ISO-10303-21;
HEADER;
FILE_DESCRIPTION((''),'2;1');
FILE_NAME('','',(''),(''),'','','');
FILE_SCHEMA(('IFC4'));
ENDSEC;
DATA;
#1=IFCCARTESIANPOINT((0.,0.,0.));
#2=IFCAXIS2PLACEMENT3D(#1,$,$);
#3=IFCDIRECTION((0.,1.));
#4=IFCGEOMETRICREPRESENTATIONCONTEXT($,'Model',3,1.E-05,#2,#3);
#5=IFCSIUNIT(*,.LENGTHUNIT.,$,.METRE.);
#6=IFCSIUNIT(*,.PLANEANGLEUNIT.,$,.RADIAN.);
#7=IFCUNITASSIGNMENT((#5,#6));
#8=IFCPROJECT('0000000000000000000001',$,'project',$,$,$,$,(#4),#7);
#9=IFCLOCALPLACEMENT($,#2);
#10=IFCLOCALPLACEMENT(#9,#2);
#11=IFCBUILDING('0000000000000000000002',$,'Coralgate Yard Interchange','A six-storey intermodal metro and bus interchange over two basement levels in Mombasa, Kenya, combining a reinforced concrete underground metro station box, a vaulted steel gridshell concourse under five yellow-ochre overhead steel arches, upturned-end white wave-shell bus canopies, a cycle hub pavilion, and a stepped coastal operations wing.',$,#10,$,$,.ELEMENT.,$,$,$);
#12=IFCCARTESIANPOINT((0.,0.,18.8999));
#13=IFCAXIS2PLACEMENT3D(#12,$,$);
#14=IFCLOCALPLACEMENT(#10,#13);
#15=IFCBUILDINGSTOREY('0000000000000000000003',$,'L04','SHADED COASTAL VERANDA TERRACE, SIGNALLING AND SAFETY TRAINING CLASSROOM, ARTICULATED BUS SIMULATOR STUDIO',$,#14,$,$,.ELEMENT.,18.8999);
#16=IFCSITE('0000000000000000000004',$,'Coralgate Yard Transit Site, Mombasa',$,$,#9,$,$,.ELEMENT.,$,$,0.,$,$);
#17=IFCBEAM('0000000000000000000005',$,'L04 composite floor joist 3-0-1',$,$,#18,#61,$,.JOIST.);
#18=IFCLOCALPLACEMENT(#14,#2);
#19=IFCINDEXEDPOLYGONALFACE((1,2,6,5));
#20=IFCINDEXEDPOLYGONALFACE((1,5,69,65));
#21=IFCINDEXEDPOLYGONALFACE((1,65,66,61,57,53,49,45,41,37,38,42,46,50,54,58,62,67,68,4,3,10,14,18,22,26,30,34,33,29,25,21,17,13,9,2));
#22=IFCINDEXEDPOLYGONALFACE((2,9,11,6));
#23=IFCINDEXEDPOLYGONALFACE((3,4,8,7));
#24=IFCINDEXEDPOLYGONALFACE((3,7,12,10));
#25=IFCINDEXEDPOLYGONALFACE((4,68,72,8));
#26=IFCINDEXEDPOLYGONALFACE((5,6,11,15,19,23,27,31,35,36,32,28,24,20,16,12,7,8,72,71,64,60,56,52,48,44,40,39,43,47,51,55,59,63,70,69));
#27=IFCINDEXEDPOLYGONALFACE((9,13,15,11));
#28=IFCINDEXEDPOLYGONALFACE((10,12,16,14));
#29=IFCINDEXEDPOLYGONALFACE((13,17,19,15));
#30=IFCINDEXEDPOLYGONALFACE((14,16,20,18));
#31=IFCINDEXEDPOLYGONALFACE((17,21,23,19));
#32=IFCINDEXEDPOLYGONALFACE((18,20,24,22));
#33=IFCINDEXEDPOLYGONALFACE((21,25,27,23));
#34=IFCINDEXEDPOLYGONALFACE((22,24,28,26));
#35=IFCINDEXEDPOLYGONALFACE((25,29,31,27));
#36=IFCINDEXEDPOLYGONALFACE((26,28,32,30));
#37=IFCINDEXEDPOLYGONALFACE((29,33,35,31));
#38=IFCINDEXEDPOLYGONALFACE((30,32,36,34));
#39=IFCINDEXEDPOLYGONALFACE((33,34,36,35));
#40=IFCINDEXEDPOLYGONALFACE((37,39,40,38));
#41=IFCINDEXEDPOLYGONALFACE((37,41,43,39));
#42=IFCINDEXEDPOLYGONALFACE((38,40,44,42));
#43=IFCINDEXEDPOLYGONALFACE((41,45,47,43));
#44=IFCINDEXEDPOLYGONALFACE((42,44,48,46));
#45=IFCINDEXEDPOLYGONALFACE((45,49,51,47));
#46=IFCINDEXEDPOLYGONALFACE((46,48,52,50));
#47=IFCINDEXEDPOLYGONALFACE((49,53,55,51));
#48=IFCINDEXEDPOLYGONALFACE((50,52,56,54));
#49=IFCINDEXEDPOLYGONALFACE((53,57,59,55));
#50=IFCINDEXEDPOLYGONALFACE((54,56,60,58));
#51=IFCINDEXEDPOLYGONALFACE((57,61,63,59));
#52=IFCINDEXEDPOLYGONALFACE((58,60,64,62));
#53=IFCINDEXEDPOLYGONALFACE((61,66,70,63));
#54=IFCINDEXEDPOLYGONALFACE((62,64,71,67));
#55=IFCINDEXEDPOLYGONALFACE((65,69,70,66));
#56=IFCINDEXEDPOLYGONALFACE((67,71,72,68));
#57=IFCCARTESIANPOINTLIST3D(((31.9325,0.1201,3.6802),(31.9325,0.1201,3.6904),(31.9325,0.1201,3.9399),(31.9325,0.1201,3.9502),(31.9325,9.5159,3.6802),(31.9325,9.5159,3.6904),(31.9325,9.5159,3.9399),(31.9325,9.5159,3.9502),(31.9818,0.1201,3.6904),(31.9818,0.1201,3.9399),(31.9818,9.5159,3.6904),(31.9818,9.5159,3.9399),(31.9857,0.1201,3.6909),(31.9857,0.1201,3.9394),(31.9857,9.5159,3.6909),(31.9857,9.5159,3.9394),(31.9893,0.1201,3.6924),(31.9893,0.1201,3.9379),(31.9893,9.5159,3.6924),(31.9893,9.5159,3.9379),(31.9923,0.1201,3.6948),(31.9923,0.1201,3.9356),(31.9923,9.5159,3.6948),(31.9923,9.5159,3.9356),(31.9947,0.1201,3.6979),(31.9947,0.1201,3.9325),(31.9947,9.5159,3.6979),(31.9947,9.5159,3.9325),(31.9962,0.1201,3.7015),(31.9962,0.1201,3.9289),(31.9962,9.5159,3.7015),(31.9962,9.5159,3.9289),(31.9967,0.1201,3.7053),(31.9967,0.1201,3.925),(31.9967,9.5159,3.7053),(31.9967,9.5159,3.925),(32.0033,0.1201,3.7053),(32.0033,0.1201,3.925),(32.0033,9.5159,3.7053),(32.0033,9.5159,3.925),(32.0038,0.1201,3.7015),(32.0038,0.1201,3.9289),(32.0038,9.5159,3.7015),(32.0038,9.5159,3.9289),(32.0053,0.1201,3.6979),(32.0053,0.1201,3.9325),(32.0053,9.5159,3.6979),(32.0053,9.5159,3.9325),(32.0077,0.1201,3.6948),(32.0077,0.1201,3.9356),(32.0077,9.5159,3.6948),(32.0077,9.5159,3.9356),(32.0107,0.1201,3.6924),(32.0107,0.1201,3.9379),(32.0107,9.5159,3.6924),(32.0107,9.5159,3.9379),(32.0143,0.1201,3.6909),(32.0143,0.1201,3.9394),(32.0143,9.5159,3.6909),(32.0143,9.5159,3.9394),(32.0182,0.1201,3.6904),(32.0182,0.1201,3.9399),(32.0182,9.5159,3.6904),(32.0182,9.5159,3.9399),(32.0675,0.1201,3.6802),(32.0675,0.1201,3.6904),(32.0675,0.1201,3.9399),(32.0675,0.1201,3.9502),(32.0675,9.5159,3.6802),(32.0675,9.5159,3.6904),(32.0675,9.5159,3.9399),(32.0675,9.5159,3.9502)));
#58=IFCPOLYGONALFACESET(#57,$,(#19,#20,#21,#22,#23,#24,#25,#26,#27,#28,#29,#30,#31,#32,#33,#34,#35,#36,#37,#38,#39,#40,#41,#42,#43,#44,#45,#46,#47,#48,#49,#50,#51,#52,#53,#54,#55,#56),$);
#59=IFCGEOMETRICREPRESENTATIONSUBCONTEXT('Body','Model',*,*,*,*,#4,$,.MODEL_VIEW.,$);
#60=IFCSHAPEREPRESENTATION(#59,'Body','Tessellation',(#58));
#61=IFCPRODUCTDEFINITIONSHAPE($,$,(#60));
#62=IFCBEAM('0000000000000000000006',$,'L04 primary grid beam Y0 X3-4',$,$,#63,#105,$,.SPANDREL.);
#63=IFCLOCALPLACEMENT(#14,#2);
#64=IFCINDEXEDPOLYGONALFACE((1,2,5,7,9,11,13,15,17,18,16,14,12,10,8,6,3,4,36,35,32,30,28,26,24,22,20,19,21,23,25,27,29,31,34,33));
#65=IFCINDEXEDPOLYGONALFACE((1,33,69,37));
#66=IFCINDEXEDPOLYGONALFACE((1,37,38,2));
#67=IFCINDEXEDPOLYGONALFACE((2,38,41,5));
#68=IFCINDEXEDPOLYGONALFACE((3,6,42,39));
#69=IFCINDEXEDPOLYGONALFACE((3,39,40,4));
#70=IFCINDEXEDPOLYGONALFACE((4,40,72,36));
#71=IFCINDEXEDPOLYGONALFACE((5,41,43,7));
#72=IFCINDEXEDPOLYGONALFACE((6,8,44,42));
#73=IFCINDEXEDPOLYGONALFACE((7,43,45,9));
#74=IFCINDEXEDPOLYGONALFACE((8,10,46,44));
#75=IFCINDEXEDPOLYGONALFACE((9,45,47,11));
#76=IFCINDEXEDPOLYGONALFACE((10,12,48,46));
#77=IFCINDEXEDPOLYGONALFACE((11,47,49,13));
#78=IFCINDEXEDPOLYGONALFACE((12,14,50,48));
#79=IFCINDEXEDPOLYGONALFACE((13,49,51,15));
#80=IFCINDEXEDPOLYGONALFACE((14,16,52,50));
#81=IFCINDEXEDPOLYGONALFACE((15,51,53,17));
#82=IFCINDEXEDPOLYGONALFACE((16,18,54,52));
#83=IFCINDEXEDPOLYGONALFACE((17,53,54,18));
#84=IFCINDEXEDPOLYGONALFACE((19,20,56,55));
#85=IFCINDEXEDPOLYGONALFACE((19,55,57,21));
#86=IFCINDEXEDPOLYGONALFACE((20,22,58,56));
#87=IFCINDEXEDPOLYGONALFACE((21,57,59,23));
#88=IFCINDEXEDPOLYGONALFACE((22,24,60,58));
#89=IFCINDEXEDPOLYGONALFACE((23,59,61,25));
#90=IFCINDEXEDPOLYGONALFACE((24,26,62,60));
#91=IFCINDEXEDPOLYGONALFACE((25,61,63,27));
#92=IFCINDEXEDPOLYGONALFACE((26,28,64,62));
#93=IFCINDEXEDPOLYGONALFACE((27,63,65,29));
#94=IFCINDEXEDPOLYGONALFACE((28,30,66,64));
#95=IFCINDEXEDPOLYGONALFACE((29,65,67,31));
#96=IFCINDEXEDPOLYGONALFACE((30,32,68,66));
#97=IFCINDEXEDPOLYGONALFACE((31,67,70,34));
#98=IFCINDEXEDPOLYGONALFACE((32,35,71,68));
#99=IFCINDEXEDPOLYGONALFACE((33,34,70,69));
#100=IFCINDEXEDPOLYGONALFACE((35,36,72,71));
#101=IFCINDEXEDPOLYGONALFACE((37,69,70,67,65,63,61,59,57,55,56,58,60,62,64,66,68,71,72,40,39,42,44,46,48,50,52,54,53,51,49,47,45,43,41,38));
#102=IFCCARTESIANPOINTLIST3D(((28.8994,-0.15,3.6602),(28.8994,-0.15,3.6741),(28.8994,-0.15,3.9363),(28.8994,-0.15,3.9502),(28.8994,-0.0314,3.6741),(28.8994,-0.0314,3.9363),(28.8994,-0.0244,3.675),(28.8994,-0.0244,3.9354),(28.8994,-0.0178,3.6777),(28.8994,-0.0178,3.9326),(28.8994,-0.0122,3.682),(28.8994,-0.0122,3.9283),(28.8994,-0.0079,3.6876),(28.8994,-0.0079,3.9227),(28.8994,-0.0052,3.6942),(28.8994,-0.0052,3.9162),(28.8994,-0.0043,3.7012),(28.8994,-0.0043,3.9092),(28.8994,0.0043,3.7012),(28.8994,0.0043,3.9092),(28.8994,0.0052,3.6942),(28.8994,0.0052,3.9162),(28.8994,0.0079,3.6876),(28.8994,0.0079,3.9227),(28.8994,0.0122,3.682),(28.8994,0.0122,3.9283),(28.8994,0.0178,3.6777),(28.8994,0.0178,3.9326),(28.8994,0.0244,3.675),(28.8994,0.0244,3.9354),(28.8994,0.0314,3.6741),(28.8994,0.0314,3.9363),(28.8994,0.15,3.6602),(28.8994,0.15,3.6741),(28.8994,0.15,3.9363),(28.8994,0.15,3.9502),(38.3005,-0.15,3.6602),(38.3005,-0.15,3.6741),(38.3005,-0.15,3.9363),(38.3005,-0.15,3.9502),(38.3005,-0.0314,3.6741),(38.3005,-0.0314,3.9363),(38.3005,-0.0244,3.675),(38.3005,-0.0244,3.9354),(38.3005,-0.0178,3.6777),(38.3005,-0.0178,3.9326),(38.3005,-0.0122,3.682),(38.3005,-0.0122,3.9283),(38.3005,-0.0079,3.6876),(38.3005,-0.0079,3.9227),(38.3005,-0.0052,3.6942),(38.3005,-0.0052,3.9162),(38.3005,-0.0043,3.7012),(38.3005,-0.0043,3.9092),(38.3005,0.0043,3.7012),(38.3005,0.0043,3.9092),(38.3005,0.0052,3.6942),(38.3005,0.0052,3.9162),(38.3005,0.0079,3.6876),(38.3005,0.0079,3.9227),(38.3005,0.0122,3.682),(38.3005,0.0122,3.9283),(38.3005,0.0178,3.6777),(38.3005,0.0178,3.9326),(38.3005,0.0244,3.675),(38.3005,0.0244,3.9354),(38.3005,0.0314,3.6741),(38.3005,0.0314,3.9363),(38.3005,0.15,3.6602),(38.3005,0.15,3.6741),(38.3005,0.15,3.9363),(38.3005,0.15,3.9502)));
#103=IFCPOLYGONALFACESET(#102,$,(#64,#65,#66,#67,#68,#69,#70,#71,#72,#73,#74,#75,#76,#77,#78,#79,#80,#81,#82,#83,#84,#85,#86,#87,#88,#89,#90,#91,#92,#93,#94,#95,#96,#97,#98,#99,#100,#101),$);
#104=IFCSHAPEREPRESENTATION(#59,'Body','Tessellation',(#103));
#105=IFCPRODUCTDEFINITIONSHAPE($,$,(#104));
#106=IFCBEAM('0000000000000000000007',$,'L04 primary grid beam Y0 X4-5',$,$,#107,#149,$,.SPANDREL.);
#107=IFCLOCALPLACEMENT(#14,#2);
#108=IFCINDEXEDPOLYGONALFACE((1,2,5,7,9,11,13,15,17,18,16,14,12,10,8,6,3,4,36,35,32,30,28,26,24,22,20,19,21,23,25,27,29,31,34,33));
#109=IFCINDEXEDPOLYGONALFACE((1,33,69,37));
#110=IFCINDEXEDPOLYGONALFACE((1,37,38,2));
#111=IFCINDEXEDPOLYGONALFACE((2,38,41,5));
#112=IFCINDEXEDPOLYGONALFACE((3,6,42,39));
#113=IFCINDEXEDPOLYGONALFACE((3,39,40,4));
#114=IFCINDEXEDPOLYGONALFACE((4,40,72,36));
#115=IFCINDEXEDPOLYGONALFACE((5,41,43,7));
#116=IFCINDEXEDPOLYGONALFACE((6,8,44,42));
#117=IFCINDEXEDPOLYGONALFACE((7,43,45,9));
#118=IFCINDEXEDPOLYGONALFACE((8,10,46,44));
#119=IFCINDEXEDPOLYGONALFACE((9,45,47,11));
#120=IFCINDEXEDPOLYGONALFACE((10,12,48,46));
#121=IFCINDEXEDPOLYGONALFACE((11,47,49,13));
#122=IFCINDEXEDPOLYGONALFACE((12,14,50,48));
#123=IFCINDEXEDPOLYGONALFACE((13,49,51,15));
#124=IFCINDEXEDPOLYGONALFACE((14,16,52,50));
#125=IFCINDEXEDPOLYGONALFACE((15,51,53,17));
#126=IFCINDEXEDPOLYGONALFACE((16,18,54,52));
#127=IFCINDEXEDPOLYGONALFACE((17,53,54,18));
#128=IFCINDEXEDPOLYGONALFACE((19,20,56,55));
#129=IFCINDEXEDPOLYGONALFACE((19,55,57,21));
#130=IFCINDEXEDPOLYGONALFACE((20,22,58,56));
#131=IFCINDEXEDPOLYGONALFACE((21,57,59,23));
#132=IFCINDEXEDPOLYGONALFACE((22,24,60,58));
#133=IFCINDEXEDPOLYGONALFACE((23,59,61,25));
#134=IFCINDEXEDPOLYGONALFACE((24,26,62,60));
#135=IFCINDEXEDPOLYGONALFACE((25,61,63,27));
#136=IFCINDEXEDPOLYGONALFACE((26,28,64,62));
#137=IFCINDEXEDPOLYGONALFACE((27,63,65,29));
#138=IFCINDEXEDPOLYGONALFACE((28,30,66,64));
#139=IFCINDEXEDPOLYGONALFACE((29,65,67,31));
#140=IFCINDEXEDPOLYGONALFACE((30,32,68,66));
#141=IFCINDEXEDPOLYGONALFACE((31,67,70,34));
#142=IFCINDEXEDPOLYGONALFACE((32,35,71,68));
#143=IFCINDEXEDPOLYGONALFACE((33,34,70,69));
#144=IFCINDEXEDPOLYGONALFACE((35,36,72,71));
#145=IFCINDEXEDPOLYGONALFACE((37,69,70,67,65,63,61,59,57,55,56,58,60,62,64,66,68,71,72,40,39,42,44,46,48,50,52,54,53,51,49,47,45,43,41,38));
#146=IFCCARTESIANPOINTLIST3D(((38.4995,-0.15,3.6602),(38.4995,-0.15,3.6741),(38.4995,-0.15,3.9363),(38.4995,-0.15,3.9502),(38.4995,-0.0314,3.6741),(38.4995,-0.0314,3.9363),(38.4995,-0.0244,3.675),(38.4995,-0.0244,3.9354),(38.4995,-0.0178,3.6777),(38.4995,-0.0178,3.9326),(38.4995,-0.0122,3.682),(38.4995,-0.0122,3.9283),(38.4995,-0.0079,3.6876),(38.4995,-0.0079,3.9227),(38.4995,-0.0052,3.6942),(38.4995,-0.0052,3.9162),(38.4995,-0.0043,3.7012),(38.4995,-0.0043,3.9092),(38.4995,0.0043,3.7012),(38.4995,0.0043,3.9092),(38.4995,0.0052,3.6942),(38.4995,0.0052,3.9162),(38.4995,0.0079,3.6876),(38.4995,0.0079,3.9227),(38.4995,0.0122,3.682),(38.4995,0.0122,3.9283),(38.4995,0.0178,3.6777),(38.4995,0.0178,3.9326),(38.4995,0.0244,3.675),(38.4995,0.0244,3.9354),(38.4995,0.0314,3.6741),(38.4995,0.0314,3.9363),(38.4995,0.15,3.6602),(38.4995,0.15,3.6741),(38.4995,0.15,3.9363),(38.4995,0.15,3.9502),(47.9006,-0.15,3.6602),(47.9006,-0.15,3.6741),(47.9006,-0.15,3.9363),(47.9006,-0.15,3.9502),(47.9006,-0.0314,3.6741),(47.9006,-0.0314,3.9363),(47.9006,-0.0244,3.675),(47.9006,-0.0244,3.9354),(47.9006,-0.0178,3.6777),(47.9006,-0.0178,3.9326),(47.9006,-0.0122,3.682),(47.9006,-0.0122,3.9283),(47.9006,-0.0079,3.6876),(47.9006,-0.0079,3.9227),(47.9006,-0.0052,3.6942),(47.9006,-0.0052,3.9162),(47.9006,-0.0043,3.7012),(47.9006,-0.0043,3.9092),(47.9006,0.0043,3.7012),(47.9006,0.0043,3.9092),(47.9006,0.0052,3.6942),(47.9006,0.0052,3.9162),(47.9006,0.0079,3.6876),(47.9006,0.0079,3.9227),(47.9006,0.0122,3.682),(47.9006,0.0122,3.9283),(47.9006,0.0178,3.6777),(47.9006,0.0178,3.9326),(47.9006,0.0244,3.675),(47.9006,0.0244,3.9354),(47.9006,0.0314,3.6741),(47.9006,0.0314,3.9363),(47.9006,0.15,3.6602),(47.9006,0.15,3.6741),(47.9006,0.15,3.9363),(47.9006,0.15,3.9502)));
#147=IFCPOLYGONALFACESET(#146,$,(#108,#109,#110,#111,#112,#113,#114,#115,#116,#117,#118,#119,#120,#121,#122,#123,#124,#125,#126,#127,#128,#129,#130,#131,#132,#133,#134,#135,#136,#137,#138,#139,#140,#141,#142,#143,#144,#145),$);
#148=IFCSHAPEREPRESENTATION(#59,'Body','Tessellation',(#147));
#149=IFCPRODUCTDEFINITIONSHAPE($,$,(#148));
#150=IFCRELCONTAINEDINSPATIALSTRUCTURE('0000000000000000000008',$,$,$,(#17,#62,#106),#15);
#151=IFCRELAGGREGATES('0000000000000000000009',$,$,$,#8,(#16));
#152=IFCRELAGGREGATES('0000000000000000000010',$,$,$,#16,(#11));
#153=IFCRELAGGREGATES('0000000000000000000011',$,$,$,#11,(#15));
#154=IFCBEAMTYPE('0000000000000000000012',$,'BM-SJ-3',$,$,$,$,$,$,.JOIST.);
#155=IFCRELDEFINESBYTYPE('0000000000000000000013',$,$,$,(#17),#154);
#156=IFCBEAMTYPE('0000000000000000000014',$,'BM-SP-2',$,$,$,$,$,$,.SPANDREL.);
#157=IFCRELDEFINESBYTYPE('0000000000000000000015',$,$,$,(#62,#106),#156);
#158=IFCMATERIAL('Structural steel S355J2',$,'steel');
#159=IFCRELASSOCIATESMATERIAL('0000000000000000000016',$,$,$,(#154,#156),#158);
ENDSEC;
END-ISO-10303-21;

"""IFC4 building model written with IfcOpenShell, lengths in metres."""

from ifc_helpers import new_model, si_unit, direction, frame, origin, origin_2d, place, context, subcontext, project, spatial, i_section, extrude, material, material_profile, profile_set, type_object, element, save


model = new_model("IFC4")

# Units and contexts
model_context = context("Model", 3, precision=1e-05, world=origin(), true_north=direction((0.0, 1.0)))
body_context = subcontext(model_context, "Body", "Model", "MODEL_VIEW")
ifc_project = project(units=[si_unit("LENGTHUNIT", "METRE"), si_unit("PLANEANGLEUNIT", "RADIAN")], contexts=[model_context])

# Site, building, storey
site_placement = place(None, origin())
site = spatial("IfcSite", under=ifc_project, at=site_placement, Name="Coralgate Yard Transit Site, Mombasa", CompositionType="ELEMENT", RefElevation=0.0)
building_placement = place(site_placement, origin())
building = spatial("IfcBuilding", under=site, at=building_placement, Name="Coralgate Yard Interchange", Description="A six-storey intermodal metro and bus interchange over two basement levels in Mombasa, Kenya, combining a reinforced concrete underground metro station box, a vaulted steel gridshell concourse under five yellow-ochre overhead steel arches, upturned-end white wave-shell bus canopies, a cycle hub pavilion, and a stepped coastal operations wing.", CompositionType="ELEMENT")
storey_placement = place(building_placement, frame((0.0, 0.0, 18.8999)))
storey = spatial("IfcBuildingStorey", under=building, at=storey_placement, Name="L04", Description="SHADED COASTAL VERANDA TERRACE, SIGNALLING AND SAFETY TRAINING CLASSROOM, ARTICULATED BUS SIMULATOR STUDIO", CompositionType="ELEMENT", Elevation=18.8999)

# Shared definitions
ifc_material_1 = material(Name="Structural steel S355J2", Category="steel")

# Beams
ifc_material_profile_1 = material_profile(ifc_material_1, i_section(OverallWidth=0.135, OverallDepth=0.27, WebThickness=0.0066, FlangeThickness=0.0103, FilletRadius=0.0149, at=origin_2d()), Name="IPE 270")
ifc_profile_set_1 = profile_set([ifc_material_profile_1], Name="Structural steel S355J2")
beam_type_1 = type_object("IfcBeamType", Name="BM-SJ-3", PredefinedType="JOIST", material=ifc_profile_set_1)
beam_placement = place(storey_placement, frame((32.0, 0.1201, 3.8152), z_axis=(0.0, 1.0, 0.0), x_axis=(-1.0, 0.0, 0.0)))
element("IfcBeam", 1, at=beam_placement, inside=storey, type_object=beam_type_1, Name="L04 composite floor joist 3-0-1", PredefinedType="JOIST", context=body_context, shape_type="SweptSolid", body=[
    extrude(i_section(OverallWidth=0.135, OverallDepth=0.27, WebThickness=0.0066, FlangeThickness=0.0103, FilletRadius=0.0149, at=origin_2d()), origin(), (0.0, 0.0, 1.0), 9.3958),
])
ifc_material_profile_2 = material_profile(ifc_material_1, i_section(OverallWidth=0.3, OverallDepth=0.29, WebThickness=0.0085, FlangeThickness=0.0139, FilletRadius=0.0271, at=origin_2d()), Name="HEA 300")
ifc_profile_set_2 = profile_set([ifc_material_profile_2], Name="Structural steel S355J2")
beam_type_2 = type_object("IfcBeamType", Name="BM-SP-2", PredefinedType="SPANDREL", material=ifc_profile_set_2)
for number, where, z_axis, x_axis, name in (
    (2, (28.8994, 0.0, 3.8052), (1.0, 0.0, 0.0), (0.0, 1.0, 0.0), "L04 primary grid beam Y0 X3-4"),
    (3, (38.4995, 0.0, 3.8052), (1.0, 0.0, 0.0), (0.0, 1.0, 0.0), "L04 primary grid beam Y0 X4-5"),
):
    element("IfcBeam", number, at=place(storey_placement, frame(where, z_axis=z_axis, x_axis=x_axis)), inside=storey, type_object=beam_type_2, Name=name, PredefinedType="SPANDREL", context=body_context, shape_type="SweptSolid", body=[
        extrude(i_section(OverallWidth=0.3, OverallDepth=0.29, WebThickness=0.0085, FlangeThickness=0.0139, FilletRadius=0.0271, at=origin_2d()), origin(), (0.0, 0.0, 1.0), 9.4011),
    ])

save(model, "model.ifc")
